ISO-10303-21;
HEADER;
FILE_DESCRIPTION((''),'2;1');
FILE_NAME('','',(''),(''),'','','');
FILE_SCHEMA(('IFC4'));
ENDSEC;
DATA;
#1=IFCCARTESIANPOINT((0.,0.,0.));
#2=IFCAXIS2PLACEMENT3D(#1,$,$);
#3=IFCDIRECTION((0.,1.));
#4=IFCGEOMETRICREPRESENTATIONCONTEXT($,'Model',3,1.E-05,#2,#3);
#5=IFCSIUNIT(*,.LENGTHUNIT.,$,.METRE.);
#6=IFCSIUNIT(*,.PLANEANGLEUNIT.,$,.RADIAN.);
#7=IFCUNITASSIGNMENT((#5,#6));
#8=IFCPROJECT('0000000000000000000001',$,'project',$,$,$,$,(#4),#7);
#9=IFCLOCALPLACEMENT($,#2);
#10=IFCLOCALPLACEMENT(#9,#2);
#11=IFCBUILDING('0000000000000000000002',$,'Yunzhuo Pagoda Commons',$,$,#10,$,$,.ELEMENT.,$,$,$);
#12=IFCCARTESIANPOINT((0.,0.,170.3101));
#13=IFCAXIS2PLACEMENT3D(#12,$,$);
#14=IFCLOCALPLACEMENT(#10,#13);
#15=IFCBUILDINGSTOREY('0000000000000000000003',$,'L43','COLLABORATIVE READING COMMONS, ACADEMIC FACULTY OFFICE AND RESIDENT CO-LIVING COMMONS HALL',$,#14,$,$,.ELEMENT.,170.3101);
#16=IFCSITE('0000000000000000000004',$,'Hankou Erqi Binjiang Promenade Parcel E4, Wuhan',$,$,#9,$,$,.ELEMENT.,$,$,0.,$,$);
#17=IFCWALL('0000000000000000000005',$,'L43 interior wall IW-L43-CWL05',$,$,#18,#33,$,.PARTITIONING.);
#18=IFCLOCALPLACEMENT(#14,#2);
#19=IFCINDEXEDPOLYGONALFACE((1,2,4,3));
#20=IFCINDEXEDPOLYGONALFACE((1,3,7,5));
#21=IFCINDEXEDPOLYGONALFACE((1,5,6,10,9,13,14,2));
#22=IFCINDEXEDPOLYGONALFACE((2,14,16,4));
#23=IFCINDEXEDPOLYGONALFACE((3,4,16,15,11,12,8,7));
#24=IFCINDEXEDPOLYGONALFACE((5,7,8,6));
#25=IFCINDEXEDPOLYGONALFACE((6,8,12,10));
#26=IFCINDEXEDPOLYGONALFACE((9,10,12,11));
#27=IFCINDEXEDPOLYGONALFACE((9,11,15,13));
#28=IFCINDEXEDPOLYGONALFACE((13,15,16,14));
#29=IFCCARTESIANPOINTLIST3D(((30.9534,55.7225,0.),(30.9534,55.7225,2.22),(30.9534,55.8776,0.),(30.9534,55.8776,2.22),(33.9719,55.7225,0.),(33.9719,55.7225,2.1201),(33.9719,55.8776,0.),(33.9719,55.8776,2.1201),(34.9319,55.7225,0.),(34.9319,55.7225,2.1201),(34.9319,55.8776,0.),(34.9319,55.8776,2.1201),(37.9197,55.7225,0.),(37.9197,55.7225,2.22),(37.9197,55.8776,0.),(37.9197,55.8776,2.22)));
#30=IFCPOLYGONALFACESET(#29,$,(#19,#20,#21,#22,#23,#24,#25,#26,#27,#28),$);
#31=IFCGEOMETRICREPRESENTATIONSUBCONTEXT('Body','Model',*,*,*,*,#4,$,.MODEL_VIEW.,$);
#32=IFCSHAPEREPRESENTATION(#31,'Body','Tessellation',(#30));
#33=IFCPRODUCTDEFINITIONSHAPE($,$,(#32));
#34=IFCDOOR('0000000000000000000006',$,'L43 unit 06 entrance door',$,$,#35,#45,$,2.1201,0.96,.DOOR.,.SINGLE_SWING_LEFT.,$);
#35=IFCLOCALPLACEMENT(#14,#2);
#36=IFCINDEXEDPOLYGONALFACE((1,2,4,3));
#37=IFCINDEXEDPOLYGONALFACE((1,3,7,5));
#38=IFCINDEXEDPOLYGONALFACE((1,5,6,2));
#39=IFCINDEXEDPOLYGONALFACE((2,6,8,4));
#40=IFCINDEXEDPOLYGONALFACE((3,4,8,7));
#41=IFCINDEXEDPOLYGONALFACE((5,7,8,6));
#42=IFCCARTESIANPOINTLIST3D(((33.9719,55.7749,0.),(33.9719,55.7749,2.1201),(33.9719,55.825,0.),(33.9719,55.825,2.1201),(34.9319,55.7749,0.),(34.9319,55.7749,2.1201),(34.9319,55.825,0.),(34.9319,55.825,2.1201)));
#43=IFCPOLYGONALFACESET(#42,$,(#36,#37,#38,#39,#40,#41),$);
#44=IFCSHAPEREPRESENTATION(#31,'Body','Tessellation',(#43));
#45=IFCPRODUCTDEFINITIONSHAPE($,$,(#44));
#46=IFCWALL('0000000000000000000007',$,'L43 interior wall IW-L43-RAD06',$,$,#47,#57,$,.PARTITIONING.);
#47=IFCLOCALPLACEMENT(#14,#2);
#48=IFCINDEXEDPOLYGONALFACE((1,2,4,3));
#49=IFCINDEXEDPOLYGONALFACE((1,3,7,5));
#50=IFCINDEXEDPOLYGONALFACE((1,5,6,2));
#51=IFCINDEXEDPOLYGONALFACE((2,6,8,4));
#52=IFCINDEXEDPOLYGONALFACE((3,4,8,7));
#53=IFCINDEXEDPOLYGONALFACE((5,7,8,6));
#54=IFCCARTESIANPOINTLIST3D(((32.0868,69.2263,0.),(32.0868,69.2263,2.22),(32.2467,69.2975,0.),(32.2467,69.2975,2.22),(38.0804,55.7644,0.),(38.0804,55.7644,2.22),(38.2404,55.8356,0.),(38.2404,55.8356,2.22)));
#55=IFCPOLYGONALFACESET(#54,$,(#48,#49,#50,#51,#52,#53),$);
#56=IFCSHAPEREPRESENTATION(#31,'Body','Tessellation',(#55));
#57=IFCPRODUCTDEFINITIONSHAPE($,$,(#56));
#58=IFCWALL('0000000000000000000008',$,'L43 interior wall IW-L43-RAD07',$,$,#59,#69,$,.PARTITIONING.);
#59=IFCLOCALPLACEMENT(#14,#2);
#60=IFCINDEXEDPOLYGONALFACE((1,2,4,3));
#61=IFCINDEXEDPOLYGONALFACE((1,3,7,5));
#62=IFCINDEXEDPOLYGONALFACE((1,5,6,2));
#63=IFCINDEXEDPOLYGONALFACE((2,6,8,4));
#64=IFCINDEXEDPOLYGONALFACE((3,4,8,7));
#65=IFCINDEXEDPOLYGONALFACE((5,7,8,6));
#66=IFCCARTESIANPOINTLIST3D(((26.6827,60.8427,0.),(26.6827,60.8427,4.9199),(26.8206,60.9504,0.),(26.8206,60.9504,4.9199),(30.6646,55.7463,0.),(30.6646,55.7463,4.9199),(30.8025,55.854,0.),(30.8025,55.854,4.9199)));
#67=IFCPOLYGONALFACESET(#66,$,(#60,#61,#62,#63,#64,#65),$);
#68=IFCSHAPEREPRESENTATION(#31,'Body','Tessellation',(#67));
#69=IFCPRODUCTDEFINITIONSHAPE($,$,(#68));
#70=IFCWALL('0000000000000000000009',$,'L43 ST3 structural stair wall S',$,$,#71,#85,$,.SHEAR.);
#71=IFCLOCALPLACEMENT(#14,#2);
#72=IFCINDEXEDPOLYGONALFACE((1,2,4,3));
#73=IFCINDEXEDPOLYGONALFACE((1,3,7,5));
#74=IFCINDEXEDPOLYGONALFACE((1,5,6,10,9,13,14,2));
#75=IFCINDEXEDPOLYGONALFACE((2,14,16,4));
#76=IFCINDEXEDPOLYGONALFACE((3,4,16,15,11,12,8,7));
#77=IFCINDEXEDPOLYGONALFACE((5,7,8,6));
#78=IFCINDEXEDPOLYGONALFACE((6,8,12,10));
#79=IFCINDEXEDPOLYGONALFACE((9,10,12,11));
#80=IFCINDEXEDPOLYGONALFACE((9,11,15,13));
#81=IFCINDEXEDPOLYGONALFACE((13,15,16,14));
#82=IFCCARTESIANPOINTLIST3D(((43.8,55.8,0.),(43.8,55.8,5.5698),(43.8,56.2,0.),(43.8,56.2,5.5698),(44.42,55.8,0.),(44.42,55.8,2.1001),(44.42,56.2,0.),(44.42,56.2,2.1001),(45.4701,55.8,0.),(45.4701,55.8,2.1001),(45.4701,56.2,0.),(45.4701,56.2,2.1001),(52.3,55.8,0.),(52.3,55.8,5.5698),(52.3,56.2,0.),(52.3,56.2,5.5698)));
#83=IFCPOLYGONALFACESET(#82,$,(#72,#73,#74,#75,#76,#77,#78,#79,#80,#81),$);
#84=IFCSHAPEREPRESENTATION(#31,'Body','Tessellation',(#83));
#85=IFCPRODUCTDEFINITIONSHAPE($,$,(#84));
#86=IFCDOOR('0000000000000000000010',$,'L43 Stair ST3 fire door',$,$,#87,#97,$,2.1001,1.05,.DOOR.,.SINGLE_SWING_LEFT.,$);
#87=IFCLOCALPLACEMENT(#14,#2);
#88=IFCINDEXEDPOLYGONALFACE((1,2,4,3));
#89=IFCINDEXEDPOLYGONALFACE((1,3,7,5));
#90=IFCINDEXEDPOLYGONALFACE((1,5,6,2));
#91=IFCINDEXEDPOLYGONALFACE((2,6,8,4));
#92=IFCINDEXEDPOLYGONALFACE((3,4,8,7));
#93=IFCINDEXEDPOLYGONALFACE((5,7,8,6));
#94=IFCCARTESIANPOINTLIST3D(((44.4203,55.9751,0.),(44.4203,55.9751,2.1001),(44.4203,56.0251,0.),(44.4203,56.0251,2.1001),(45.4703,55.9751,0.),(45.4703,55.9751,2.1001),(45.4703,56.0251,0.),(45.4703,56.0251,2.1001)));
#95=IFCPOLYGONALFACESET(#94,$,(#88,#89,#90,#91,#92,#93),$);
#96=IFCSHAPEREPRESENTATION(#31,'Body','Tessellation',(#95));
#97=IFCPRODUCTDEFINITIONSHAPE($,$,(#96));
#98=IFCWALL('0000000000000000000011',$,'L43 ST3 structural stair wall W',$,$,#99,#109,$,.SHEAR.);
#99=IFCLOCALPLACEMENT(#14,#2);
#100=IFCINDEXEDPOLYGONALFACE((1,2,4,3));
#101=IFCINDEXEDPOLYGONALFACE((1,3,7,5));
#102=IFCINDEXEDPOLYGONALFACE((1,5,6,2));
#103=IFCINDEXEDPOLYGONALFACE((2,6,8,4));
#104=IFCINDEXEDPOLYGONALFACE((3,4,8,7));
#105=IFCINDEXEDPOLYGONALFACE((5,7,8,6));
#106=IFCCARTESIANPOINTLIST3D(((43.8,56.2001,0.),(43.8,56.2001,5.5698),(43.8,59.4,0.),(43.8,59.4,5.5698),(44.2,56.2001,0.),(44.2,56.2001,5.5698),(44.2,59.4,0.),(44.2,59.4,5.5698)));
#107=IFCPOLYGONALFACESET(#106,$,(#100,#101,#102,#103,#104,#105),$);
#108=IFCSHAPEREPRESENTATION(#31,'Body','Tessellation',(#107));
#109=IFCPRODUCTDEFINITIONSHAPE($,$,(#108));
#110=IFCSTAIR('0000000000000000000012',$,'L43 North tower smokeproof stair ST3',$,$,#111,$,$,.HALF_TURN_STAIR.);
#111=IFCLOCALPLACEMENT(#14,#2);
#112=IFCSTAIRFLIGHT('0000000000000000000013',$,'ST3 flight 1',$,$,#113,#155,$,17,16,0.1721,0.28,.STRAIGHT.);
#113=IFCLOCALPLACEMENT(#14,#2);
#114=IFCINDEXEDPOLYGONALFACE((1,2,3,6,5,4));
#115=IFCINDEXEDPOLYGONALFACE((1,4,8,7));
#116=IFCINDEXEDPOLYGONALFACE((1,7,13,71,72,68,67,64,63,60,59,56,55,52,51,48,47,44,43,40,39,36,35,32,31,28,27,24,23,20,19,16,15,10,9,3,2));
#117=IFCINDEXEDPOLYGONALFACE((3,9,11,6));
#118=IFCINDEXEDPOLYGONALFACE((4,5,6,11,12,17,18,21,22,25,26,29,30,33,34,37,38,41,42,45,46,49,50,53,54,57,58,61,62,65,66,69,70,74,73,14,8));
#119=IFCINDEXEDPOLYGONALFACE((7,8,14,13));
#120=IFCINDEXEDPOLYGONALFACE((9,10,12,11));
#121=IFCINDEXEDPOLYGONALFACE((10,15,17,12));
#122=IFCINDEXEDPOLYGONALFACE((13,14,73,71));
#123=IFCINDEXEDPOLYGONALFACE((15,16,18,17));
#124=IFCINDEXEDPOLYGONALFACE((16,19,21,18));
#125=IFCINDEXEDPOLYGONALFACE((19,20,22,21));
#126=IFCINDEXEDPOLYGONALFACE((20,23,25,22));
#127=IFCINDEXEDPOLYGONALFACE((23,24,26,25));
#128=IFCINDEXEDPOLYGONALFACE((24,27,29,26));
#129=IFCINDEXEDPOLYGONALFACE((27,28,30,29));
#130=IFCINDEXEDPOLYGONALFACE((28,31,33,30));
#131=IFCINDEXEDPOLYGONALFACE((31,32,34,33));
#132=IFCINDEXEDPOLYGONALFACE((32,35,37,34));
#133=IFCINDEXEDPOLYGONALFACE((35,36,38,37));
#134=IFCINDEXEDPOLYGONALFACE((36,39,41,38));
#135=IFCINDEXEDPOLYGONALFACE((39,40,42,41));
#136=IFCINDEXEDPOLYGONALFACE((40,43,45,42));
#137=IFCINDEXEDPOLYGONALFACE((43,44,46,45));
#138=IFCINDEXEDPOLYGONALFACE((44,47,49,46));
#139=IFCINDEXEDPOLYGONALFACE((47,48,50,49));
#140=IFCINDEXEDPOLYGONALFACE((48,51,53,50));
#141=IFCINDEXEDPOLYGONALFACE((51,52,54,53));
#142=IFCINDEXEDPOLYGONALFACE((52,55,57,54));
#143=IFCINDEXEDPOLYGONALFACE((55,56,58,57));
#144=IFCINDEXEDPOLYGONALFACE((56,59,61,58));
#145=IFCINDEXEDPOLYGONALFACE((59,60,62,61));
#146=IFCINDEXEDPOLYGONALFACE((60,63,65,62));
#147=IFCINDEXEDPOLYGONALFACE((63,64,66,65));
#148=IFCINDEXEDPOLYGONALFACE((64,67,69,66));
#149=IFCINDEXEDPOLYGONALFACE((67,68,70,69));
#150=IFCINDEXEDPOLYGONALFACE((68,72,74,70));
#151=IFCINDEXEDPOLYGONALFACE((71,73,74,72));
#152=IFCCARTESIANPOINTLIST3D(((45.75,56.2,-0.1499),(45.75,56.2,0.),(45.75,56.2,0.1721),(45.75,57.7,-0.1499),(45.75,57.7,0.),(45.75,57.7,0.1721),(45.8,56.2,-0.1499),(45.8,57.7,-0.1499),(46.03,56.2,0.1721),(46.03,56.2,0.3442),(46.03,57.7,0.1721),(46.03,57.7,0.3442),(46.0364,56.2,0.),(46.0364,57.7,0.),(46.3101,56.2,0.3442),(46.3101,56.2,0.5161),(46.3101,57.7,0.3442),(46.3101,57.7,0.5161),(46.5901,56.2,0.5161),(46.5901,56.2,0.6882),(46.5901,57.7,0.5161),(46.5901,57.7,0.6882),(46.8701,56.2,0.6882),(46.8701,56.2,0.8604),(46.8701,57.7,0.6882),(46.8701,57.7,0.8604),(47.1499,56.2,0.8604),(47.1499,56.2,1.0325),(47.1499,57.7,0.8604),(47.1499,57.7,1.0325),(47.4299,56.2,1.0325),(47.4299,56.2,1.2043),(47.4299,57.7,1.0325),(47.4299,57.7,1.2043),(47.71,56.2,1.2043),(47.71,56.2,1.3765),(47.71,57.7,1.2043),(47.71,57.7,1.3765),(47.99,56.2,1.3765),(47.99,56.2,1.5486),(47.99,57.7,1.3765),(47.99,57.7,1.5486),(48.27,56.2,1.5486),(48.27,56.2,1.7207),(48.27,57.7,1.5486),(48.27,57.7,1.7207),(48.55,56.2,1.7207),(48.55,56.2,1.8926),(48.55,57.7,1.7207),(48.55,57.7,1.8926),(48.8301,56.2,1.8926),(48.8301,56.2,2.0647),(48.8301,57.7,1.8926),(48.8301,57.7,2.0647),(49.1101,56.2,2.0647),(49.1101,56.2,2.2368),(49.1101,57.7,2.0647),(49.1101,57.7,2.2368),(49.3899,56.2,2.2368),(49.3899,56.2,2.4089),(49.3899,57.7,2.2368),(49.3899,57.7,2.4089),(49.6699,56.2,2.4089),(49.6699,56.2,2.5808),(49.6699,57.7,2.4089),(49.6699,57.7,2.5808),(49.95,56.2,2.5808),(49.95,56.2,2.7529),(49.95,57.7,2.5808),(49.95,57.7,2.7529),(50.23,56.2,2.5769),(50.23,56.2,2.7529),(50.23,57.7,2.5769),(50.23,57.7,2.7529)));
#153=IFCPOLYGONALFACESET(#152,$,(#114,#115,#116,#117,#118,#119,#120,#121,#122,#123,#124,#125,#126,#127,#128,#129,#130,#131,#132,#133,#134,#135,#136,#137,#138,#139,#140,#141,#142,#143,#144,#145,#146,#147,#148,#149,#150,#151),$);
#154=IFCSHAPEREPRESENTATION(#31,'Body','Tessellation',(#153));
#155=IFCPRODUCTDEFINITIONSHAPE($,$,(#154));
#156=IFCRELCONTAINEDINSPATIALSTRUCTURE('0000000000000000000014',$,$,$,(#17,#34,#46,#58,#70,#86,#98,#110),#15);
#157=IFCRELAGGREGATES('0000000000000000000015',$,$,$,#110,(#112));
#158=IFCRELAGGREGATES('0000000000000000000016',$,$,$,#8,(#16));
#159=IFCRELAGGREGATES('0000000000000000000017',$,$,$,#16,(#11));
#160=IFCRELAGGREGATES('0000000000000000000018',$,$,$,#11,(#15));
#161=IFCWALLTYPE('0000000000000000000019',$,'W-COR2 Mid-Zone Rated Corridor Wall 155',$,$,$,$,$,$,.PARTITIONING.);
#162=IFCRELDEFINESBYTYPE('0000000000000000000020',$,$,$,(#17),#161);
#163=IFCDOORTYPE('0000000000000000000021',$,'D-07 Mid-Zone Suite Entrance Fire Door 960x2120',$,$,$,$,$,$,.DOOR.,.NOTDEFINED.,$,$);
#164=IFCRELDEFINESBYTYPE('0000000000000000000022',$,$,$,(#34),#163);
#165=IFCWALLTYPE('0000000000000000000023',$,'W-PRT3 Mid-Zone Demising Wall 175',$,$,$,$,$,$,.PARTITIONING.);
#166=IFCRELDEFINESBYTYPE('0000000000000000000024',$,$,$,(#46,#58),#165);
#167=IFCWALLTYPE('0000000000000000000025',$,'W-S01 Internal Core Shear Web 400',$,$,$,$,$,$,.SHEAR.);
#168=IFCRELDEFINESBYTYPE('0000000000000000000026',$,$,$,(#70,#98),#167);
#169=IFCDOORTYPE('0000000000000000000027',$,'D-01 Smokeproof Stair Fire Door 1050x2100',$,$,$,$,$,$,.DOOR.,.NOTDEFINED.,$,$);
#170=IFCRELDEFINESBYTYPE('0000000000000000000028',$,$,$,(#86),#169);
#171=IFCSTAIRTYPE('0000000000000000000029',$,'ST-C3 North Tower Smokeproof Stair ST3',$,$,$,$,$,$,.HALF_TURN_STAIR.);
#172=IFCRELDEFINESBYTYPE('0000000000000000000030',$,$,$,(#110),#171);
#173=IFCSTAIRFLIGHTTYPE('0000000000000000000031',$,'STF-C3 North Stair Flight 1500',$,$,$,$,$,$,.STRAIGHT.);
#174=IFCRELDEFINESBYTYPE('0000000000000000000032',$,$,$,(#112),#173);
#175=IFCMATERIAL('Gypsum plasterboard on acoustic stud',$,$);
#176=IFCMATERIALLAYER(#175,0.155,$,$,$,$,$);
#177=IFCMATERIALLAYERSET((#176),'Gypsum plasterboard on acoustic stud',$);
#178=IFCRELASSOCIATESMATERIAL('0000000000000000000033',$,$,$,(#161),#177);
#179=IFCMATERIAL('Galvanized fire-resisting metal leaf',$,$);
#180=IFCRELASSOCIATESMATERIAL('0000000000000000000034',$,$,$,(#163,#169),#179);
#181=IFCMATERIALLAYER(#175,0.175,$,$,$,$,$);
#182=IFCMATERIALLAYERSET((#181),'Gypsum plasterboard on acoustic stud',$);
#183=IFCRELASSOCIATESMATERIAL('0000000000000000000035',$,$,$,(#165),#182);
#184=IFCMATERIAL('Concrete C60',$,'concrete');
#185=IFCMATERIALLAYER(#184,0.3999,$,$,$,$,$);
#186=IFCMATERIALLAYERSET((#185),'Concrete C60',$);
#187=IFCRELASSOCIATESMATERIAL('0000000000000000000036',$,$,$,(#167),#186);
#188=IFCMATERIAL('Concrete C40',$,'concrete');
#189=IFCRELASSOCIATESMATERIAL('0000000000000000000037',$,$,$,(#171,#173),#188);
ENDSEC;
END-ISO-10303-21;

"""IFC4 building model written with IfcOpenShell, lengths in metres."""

from ifc_helpers import new_model, si_unit, direction, frame, frame_2d, origin, origin_with_axes, place, context, subcontext, project, spatial, polyline, rectangle, outline, extrude, source, transform, mapped, material, layer, layer_set, type_object, element, fill, aggregate, save


model = new_model("IFC4")

# Units and contexts
model_context = context("Model", 3, precision=1e-05, world=origin(), true_north=direction((0.0, 1.0)))
body_context = subcontext(model_context, "Body", "Model", "MODEL_VIEW")
ifc_project = project(units=[si_unit("LENGTHUNIT", "METRE"), si_unit("PLANEANGLEUNIT", "RADIAN")], contexts=[model_context])

# Site, building, storey
site_placement = place(None, origin())
site = spatial("IfcSite", under=ifc_project, at=site_placement, Name="Hankou Erqi Binjiang Promenade Parcel E4, Wuhan", CompositionType="ELEMENT", RefElevation=0.0)
building_placement = place(site_placement, origin())
building = spatial("IfcBuilding", under=site, at=building_placement, Name="Yunzhuo Pagoda Commons", CompositionType="ELEMENT")
storey_placement = place(building_placement, frame((0.0, 0.0, 170.3101)))
storey = spatial("IfcBuildingStorey", under=building, at=storey_placement, Name="L43", Description="COLLABORATIVE READING COMMONS, ACADEMIC FACULTY OFFICE AND RESIDENT CO-LIVING COMMONS HALL", CompositionType="ELEMENT", Elevation=170.3101)

# Shared definitions
ifc_material_1 = material(Name="Gypsum plasterboard on acoustic stud")
ifc_layer_1 = layer(ifc_material_1, 0.155)
ifc_layer_set_1 = layer_set([ifc_layer_1], Name="Gypsum plasterboard on acoustic stud")
wall_type_1 = type_object("IfcWallType", Name="W-COR2 Mid-Zone Rated Corridor Wall 155", PredefinedType="PARTITIONING", material=ifc_layer_set_1)

# Wall, opening, door
wall_1_placement = place(storey_placement, frame((30.9534, 55.8, 0.0), z_axis=(0.0, 0.0, 1.0), x_axis=(1.0, 0.0, 0.0)))
wall_1 = element("IfcWall", 1, at=wall_1_placement, inside=storey, type_object=wall_type_1, Name="L43 interior wall IW-L43-CWL05", PredefinedType="PARTITIONING", context=body_context, shape_type="SweptSolid", body=[
    extrude(rectangle(XDim=6.9663, YDim=0.155, at=frame_2d((3.4832, 0.0))), origin(), (0.0, 0.0, 1.0), 2.22),
])
opening_1_placement = place(wall_1_placement, frame((3.0186, 0.0, 0.0)))
opening_1 = element("IfcOpeningElement", 2, at=opening_1_placement, cuts=wall_1, PredefinedType="OPENING", context=body_context, shape_type="SweptSolid", body=[
    extrude(rectangle(XDim=0.96, YDim=2.1201, at=frame_2d((0.48, 1.0601))), frame((0.0, 0.0874, 0.0), z_axis=(0.0, -1.0, 0.0), x_axis=(1.0, 0.0, 0.0)), (0.0, 0.0, 1.0), 0.175),
])
ifc_material_2 = material(Name="Galvanized fire-resisting metal leaf")
door_type_1 = type_object("IfcDoorType", Name="D-07 Mid-Zone Suite Entrance Fire Door 960x2120", OperationType="NOTDEFINED", PredefinedType="DOOR", material=ifc_material_2)
shared_shape_1 = source(origin(), body_context, "Body", "SweptSolid", [
    extrude(rectangle(XDim=0.96, YDim=2.1201, at=frame_2d((0.48, 1.0601))), frame((0.0, 0.0249, 0.0), z_axis=(0.0, -1.0, 0.0), x_axis=(1.0, 0.0, 0.0)), (0.0, 0.0, 1.0), 0.05),
])
door_1_placement = place(opening_1_placement, origin_with_axes())
door_1 = element("IfcDoor", 3, at=door_1_placement, inside=storey, type_object=door_type_1, Name="L43 unit 06 entrance door", OperationType="SINGLE_SWING_LEFT", OverallHeight=2.1201, OverallWidth=0.96, PredefinedType="DOOR", context=body_context, shape_type="MappedRepresentation", body=[
    mapped(shared_shape_1, transform((0.0, 0.0, 0.0), scale=1.0)),
])
fill(opening_1, door_1)

# Walls
ifc_layer_2 = layer(ifc_material_1, 0.175)
ifc_layer_set_2 = layer_set([ifc_layer_2], Name="Gypsum plasterboard on acoustic stud")
wall_type_2 = type_object("IfcWallType", Name="W-PRT3 Mid-Zone Demising Wall 175", PredefinedType="PARTITIONING", material=ifc_layer_set_2)
wall_2_placement = place(storey_placement, frame((38.1604, 55.8, 0.0), z_axis=(0.0, 0.0, 1.0), x_axis=(-0.406738, 0.913545, 0.0)))
element("IfcWall", 4, at=wall_2_placement, inside=storey, type_object=wall_type_2, Name="L43 interior wall IW-L43-RAD06", PredefinedType="PARTITIONING", context=body_context, shape_type="SweptSolid", body=[
    extrude(rectangle(XDim=14.7358, YDim=0.175, at=frame_2d((7.3679, 0.0))), origin(), (0.0, 0.0, 1.0), 2.22),
])
wall_3_placement = place(storey_placement, frame((30.7336, 55.8, 0.0), z_axis=(0.0, 0.0, 1.0), x_axis=(-0.615677, 0.787999, 0.0)))
element("IfcWall", 5, at=wall_3_placement, inside=storey, type_object=wall_type_2, Name="L43 interior wall IW-L43-RAD07", PredefinedType="PARTITIONING", context=body_context, shape_type="SweptSolid", body=[
    extrude(rectangle(XDim=6.4675, YDim=0.175, at=frame_2d((3.2339, 0.0))), origin(), (0.0, 0.0, 1.0), 4.9199),
])

# Wall, opening, door
ifc_material_3 = material(Name="Concrete C60", Category="concrete")
ifc_layer_3 = layer(ifc_material_3, 0.3999)
ifc_layer_set_3 = layer_set([ifc_layer_3], Name="Concrete C60")
wall_type_3 = type_object("IfcWallType", Name="W-S01 Internal Core Shear Web 400", PredefinedType="SHEAR", material=ifc_layer_set_3)
wall_4_placement = place(storey_placement, frame((43.8, 56.0, 0.0), z_axis=(0.0, 0.0, 1.0), x_axis=(1.0, 0.0, 0.0)))
wall_4 = element("IfcWall", 6, at=wall_4_placement, inside=storey, type_object=wall_type_3, Name="L43 ST3 structural stair wall S", PredefinedType="SHEAR", context=body_context, shape_type="SweptSolid", body=[
    extrude(rectangle(XDim=8.5, YDim=0.3999, at=frame_2d((4.25, 0.0))), origin(), (0.0, 0.0, 1.0), 5.5698),
])
opening_2_placement = place(wall_4_placement, frame((0.6201, 0.0, 0.0)))
opening_2 = element("IfcOpeningElement", 7, at=opening_2_placement, cuts=wall_4, PredefinedType="OPENING", context=body_context, shape_type="SweptSolid", body=[
    extrude(rectangle(XDim=1.05, YDim=2.1001, at=frame_2d((0.5249, 1.05))), frame((0.0, 0.21, 0.0), z_axis=(0.0, -1.0, 0.0), x_axis=(1.0, 0.0, 0.0)), (0.0, 0.0, 1.0), 0.4199),
])
door_type_2 = type_object("IfcDoorType", Name="D-01 Smokeproof Stair Fire Door 1050x2100", OperationType="NOTDEFINED", PredefinedType="DOOR", material=ifc_material_2)
shared_shape_2 = source(origin(), body_context, "Body", "SweptSolid", [
    extrude(rectangle(XDim=1.05, YDim=2.1001, at=frame_2d((0.5249, 1.05))), frame((0.0, 0.0249, 0.0), z_axis=(0.0, -1.0, 0.0), x_axis=(1.0, 0.0, 0.0)), (0.0, 0.0, 1.0), 0.05),
])
door_2_placement = place(opening_2_placement, frame((1.05, 0.0, 0.0), z_axis=(0.0, 0.0, 1.0), x_axis=(-1.0, 0.0, 0.0)))
door_2 = element("IfcDoor", 8, at=door_2_placement, inside=storey, type_object=door_type_2, Name="L43 Stair ST3 fire door", OperationType="SINGLE_SWING_LEFT", OverallHeight=2.1001, OverallWidth=1.05, PredefinedType="DOOR", context=body_context, shape_type="MappedRepresentation", body=[
    mapped(shared_shape_2, transform((0.0, 0.0, 0.0), scale=1.0)),
])
fill(opening_2, door_2)

# Wall
wall_5_placement = place(storey_placement, frame((44.0, 56.2, 0.0), z_axis=(0.0, 0.0, 1.0), x_axis=(0.0, 1.0, 0.0)))
element("IfcWall", 9, at=wall_5_placement, inside=storey, type_object=wall_type_3, Name="L43 ST3 structural stair wall W", PredefinedType="SHEAR", context=body_context, shape_type="SweptSolid", body=[
    extrude(rectangle(XDim=3.2, YDim=0.3999, at=frame_2d((1.6001, 0.0))), origin(), (0.0, 0.0, 1.0), 5.5698),
])

# Stair, stair flight
ifc_material_4 = material(Name="Concrete C40", Category="concrete")
stair_type = type_object("IfcStairType", Name="ST-C3 North Tower Smokeproof Stair ST3", PredefinedType="HALF_TURN_STAIR", material=ifc_material_4)
stair_placement = place(storey_placement, origin())
stair = element("IfcStair", 10, at=stair_placement, inside=storey, type_object=stair_type, Name="L43 North tower smokeproof stair ST3", PredefinedType="HALF_TURN_STAIR")
stair_flight_type = type_object("IfcStairFlightType", Name="STF-C3 North Stair Flight 1500", PredefinedType="STRAIGHT", material=ifc_material_4)
shared_shape_3 = source(origin(), body_context, "Body", "SweptSolid", [
    extrude(outline(polyline([(0.0, -0.1499), (0.0, 0.0), (0.0, 0.1721), (0.28, 0.1721), (0.28, 0.3442), (0.5601, 0.3442), (0.5601, 0.5161), (0.8401, 0.5161), (0.8401, 0.6882), (1.1201, 0.6882), (1.1201, 0.8604), (1.3999, 0.8604), (1.3999, 1.0325), (1.6799, 1.0325), (1.6799, 1.2043), (1.96, 1.2043), (1.96, 1.3765), (2.24, 1.3765), (2.24, 1.5486), (2.52, 1.5486), (2.52, 1.7207), (2.8, 1.7207), (2.8, 1.8926), (3.0801, 1.8926), (3.0801, 2.0647), (3.3601, 2.0647), (3.3601, 2.2368), (3.6399, 2.2368), (3.6399, 2.4089), (3.9199, 2.4089), (3.9199, 2.5808), (4.2, 2.5808), (4.2, 2.7529), (4.48, 2.7529), (4.48, 2.925), (4.48, 2.5769), (0.2864, 0.0), (0.05, -0.1499), (0.0, -0.1499)])), frame((0.0, 0.75, 0.0), z_axis=(0.0, -1.0, 0.0), x_axis=(1.0, 0.0, 0.0)), (0.0, 0.0, 1.0), 1.5),
])
stair_flight_placement = place(storey_placement, frame((45.75, 56.95, 0.0), z_axis=(0.0, 0.0, 1.0), x_axis=(1.0, 0.0, 0.0)))
stair_flight = element("IfcStairFlight", 11, at=stair_flight_placement, type_object=stair_flight_type, Name="ST3 flight 1", NumberOfRisers=17, NumberOfTreads=16, PredefinedType="STRAIGHT", RiserHeight=0.1721, TreadLength=0.28, context=body_context, shape_type="MappedRepresentation", body=[
    mapped(shared_shape_3, transform((0.0, 0.0, 0.0), scale=1.0)),
])
aggregate(stair, [stair_flight])

save(model, "model.ifc")
